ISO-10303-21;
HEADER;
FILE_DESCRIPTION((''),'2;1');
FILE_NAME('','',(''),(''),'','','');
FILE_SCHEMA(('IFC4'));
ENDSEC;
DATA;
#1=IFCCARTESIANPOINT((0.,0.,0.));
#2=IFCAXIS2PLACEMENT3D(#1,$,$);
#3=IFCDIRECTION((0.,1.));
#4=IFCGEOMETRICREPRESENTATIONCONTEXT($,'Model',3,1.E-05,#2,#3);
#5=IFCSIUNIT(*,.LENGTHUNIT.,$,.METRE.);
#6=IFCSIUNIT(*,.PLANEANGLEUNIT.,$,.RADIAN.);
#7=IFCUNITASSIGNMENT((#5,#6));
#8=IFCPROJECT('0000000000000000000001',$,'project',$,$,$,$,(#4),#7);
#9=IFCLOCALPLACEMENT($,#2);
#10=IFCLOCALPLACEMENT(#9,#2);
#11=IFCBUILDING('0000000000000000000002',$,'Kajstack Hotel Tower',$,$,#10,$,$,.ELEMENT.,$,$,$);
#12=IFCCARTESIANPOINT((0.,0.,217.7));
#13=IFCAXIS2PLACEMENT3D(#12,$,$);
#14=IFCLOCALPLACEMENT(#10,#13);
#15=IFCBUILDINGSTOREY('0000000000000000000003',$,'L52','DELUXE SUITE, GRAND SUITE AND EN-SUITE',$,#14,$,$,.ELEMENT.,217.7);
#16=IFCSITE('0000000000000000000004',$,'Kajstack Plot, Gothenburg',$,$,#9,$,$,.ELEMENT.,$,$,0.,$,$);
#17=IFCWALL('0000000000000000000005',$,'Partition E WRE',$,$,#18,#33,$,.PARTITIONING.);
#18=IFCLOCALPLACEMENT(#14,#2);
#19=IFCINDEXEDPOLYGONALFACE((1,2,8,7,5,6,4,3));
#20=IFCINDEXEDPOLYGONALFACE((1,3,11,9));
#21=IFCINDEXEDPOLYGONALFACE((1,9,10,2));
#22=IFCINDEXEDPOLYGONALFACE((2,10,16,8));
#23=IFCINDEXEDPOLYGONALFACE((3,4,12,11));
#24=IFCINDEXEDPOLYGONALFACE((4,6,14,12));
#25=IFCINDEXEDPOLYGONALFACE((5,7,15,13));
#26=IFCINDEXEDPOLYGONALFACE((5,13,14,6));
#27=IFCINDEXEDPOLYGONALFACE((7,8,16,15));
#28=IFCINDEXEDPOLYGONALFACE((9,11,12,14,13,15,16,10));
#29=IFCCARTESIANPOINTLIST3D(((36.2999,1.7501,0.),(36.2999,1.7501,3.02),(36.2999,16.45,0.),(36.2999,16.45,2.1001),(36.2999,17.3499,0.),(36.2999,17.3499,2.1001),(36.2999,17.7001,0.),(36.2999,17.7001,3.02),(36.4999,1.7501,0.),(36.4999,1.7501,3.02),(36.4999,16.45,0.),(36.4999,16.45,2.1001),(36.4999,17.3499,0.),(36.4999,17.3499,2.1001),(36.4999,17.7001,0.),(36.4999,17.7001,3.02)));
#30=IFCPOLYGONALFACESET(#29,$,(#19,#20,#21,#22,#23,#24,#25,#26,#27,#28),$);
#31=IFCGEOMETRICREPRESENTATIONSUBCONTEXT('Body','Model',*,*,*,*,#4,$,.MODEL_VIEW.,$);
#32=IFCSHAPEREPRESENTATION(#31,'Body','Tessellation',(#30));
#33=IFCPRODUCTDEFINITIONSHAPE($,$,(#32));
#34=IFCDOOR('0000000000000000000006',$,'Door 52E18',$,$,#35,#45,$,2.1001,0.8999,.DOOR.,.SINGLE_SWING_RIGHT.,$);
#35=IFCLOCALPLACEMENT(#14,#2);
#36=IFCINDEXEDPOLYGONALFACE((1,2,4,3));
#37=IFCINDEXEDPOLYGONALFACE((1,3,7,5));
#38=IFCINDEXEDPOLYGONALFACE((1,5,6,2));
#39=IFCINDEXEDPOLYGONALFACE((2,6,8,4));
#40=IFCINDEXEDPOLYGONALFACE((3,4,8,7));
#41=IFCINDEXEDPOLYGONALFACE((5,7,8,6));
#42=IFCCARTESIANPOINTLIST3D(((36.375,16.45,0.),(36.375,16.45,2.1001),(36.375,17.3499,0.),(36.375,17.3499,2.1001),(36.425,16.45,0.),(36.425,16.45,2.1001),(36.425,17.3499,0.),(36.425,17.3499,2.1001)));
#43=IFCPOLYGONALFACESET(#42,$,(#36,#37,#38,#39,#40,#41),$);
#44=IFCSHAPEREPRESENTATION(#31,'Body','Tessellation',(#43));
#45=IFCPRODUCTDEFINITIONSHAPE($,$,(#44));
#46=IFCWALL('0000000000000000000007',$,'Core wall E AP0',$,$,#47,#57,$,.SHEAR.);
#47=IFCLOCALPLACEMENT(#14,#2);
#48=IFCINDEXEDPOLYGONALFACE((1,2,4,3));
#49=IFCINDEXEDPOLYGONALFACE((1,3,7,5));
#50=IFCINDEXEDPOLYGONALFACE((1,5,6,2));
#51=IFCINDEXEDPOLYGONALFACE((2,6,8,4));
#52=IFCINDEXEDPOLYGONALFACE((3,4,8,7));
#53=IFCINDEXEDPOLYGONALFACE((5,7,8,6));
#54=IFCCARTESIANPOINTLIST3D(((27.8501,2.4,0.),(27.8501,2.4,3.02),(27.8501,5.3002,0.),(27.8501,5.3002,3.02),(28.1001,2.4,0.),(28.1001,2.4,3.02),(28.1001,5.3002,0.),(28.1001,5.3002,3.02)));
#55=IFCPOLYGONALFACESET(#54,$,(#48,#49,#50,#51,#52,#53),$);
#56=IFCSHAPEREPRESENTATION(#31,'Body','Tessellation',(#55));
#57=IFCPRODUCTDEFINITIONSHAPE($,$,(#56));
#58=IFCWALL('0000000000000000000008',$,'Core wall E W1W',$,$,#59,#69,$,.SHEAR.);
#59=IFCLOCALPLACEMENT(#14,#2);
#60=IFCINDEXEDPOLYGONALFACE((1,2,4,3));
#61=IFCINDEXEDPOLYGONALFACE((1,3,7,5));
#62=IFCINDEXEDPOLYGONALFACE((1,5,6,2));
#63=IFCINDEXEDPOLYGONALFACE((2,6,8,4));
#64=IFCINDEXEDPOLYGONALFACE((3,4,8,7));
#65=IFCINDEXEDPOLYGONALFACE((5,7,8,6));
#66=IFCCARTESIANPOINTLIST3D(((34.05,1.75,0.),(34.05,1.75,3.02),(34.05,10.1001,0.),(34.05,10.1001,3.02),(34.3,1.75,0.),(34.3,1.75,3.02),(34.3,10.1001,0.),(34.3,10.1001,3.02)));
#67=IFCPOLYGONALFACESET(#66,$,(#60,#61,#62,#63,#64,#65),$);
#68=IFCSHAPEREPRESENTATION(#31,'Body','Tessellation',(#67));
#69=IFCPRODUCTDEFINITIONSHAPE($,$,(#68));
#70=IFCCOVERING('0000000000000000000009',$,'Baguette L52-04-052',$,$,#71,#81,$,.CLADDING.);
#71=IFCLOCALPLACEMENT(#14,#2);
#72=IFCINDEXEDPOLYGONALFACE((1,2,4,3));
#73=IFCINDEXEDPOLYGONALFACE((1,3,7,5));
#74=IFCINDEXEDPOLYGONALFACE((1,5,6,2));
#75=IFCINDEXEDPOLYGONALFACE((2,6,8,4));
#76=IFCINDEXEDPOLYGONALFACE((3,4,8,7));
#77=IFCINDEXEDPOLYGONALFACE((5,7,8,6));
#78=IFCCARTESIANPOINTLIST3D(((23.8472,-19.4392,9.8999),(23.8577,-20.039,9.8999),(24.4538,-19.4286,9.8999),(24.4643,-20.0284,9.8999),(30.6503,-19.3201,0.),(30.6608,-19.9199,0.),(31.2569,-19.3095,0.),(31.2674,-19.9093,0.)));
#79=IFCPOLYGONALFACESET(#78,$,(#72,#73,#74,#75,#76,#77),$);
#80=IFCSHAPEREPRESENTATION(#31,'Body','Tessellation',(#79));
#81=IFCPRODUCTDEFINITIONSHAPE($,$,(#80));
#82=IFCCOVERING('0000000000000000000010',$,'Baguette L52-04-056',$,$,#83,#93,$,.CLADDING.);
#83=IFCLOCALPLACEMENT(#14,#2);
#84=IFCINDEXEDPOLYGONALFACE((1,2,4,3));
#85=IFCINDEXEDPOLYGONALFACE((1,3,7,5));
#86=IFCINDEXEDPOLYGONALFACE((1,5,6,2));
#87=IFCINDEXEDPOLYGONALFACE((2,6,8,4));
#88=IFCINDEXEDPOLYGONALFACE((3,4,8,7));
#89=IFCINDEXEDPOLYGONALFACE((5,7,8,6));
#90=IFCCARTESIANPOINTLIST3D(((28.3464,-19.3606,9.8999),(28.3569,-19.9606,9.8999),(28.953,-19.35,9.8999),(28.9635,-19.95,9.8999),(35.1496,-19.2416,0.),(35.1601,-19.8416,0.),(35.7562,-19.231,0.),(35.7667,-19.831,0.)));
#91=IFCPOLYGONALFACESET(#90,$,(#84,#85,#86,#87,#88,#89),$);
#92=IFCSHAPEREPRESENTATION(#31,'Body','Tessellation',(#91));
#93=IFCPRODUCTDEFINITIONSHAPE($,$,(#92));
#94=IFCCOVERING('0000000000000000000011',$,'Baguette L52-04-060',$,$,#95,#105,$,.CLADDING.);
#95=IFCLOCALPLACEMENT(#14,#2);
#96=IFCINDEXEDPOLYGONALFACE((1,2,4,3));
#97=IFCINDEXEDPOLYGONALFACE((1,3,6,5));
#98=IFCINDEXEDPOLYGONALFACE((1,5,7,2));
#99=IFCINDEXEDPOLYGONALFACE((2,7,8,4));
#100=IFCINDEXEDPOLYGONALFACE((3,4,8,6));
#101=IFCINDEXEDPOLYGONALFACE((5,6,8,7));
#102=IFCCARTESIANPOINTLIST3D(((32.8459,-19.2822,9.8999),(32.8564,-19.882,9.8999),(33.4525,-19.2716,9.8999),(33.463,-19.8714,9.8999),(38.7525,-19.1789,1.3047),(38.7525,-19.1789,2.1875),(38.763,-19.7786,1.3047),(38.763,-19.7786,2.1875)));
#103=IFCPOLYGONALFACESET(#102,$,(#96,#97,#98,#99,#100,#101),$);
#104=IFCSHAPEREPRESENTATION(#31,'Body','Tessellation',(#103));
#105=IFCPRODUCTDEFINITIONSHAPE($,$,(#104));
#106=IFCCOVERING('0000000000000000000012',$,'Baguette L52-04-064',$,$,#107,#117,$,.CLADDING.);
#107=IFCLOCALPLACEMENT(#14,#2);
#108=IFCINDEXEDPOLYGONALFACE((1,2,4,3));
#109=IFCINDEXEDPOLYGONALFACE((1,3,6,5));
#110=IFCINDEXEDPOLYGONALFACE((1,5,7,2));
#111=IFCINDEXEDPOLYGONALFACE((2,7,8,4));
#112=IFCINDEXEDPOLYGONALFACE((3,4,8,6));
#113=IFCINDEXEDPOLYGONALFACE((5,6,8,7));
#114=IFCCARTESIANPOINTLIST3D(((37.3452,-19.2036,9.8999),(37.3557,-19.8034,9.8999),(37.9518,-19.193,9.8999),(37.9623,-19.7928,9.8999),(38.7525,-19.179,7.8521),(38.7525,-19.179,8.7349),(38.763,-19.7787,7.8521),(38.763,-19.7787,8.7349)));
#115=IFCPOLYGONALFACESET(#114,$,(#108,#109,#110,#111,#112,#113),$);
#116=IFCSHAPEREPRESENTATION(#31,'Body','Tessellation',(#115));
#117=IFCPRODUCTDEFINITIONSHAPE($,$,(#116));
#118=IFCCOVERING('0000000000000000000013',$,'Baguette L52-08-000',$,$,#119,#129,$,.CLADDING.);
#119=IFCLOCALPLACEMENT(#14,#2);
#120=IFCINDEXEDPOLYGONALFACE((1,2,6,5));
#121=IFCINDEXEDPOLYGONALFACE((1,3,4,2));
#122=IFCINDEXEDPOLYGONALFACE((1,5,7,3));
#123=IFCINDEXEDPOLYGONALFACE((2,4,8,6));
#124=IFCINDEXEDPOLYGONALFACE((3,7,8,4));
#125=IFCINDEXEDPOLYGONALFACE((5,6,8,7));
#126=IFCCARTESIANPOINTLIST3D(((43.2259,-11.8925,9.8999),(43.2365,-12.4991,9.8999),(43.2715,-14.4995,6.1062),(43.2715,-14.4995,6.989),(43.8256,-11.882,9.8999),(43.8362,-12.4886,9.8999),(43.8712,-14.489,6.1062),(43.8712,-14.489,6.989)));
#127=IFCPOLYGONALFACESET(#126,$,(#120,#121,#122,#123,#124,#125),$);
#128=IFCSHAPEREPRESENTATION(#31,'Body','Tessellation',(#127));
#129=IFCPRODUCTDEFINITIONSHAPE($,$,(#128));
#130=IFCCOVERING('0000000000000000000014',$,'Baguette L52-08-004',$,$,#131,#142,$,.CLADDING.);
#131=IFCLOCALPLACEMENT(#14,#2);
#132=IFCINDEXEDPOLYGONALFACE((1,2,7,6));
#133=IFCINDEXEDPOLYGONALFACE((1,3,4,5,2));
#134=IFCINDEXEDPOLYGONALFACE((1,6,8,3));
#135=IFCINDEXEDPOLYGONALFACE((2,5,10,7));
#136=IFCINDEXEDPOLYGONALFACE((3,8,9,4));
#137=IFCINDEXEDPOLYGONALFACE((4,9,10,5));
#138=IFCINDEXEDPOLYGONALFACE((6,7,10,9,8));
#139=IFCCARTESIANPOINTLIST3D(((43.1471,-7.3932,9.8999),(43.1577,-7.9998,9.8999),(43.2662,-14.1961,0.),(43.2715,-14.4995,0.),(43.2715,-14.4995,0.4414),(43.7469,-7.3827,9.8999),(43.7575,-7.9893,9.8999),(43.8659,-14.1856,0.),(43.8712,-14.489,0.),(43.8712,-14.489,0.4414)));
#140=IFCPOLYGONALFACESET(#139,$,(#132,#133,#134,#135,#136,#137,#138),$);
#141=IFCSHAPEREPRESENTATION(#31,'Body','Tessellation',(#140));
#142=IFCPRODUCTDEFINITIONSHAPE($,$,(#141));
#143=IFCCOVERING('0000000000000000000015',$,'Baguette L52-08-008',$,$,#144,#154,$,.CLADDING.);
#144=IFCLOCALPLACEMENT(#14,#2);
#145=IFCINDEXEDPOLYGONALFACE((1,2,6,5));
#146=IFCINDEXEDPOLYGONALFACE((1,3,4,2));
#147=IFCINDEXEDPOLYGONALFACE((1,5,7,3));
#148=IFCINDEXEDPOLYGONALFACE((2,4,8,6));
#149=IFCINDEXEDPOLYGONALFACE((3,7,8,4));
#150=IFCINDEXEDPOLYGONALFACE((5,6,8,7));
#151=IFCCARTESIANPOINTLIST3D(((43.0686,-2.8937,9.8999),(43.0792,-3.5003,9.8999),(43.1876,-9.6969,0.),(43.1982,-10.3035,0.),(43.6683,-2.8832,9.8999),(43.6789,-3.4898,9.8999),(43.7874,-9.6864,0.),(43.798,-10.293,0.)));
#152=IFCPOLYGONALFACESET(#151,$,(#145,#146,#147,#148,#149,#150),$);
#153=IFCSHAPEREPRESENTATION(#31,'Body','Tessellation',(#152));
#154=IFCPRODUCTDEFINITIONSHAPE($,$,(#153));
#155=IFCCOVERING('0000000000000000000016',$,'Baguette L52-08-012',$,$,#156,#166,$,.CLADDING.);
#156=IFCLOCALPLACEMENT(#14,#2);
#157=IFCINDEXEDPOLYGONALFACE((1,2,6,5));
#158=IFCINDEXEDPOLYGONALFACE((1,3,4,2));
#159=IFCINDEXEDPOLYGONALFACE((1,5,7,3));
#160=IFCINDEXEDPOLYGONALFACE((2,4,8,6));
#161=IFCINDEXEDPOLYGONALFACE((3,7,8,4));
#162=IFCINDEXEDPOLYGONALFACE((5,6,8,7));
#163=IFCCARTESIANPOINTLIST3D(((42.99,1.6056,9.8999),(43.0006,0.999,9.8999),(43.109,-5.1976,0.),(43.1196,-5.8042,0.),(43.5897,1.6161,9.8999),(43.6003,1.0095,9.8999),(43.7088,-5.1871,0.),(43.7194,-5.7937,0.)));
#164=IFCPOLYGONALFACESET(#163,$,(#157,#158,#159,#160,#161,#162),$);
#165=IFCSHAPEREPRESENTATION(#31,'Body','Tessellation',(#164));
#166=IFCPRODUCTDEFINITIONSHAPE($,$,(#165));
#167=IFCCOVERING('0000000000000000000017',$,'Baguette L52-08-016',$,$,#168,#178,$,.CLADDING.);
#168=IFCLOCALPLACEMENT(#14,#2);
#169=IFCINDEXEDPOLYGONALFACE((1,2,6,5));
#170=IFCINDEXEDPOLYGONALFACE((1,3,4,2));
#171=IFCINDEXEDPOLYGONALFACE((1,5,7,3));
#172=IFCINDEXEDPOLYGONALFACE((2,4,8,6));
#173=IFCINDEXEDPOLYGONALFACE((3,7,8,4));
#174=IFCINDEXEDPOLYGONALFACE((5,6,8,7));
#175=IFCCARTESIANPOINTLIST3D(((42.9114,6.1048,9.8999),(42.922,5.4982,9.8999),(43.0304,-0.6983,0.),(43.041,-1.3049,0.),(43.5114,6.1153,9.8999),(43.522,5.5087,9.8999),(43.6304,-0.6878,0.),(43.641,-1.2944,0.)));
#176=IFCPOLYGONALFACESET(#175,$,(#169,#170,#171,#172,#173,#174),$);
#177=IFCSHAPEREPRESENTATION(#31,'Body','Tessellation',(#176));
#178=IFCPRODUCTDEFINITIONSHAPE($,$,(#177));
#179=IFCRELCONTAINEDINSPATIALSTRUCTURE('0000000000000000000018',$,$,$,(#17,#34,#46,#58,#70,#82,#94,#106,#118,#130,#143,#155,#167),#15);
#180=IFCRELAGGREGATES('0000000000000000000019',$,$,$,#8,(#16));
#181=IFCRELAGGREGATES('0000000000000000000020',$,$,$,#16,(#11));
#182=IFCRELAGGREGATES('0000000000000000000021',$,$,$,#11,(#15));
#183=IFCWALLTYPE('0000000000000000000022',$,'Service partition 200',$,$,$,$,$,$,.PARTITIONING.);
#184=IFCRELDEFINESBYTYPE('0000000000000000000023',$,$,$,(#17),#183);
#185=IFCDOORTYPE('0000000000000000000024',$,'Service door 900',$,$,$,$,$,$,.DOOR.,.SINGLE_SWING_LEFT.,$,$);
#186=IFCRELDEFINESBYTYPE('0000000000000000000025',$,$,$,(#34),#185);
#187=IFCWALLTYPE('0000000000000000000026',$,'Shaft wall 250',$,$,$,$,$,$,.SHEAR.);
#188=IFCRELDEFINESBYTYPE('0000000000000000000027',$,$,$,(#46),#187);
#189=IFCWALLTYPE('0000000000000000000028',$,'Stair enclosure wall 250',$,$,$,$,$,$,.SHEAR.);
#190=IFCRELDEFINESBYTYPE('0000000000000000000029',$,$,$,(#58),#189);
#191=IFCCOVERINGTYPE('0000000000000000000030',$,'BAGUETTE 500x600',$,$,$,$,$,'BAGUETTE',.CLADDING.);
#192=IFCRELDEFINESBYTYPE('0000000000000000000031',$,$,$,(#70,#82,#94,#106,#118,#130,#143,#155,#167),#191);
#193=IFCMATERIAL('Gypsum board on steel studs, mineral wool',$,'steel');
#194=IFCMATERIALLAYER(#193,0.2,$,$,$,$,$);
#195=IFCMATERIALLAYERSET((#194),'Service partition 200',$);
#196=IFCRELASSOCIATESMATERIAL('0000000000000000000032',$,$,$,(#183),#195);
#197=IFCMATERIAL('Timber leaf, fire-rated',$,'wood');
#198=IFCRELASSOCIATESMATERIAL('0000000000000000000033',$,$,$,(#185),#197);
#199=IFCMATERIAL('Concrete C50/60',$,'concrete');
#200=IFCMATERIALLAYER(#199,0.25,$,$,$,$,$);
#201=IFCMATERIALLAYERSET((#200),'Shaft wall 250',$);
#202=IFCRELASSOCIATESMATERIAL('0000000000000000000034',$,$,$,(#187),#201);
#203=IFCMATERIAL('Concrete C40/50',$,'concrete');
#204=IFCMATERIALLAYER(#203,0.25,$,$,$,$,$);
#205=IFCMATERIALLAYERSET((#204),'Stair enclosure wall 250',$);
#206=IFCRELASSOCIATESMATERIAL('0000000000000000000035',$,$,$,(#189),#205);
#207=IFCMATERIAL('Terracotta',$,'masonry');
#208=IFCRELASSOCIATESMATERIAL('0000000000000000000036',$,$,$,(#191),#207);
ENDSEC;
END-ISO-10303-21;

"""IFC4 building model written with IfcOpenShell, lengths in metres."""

from ifc_helpers import new_model, si_unit, direction, frame, frame_2d, origin, origin_2d, place, context, subcontext, project, spatial, polyline, rectangle, outline, extrude, material, layer, layer_set, material_profile, profile_set, type_object, element, fill, save


model = new_model("IFC4")

# Units and contexts
model_context = context("Model", 3, precision=1e-05, world=origin(), true_north=direction((0.0, 1.0)))
body_context = subcontext(model_context, "Body", "Model", "MODEL_VIEW")
ifc_project = project(units=[si_unit("LENGTHUNIT", "METRE"), si_unit("PLANEANGLEUNIT", "RADIAN")], contexts=[model_context])

# Site, building, storey
site_placement = place(None, origin())
site = spatial("IfcSite", under=ifc_project, at=site_placement, Name="Kajstack Plot, Gothenburg", CompositionType="ELEMENT", RefElevation=0.0)
building_placement = place(site_placement, origin())
building = spatial("IfcBuilding", under=site, at=building_placement, Name="Kajstack Hotel Tower", CompositionType="ELEMENT")
storey_placement = place(building_placement, frame((0.0, 0.0, 217.7)))
storey = spatial("IfcBuildingStorey", under=building, at=storey_placement, Name="L52", Description="DELUXE SUITE, GRAND SUITE AND EN-SUITE", CompositionType="ELEMENT", Elevation=217.7)

# Shared definitions
ifc_material_1 = material(Name="Concrete C50/60", Category="concrete")

# Shared definitions
ifc_material_2 = material(Name="Gypsum board on steel studs, mineral wool", Category="steel")
ifc_layer_1 = layer(ifc_material_2, 0.2)
ifc_layer_set_1 = layer_set([ifc_layer_1], Name="Service partition 200")
wall_type_1 = type_object("IfcWallType", Name="Service partition 200", PredefinedType="PARTITIONING", material=ifc_layer_set_1)
ifc_material_3 = material(Name="Timber leaf, fire-rated", Category="wood")

# Wall, opening, door
wall_1_placement = place(storey_placement, frame((36.3999, 1.75, 0.0), z_axis=(0.0, 0.0, 1.0), x_axis=(0.0, 1.0, 0.0)))
wall_1 = element("IfcWall", 1, at=wall_1_placement, inside=storey, type_object=wall_type_1, Name="Partition E WRE", PredefinedType="PARTITIONING", context=body_context, shape_type="SweptSolid", body=[
    extrude(rectangle(XDim=15.95, YDim=0.2, at=frame_2d((7.9751, 0.0))), origin(), (0.0, 0.0, 1.0), 3.02),
])
opening_1_placement = place(wall_1_placement, frame((14.7, 0.0, 0.0)))
opening_1 = element("IfcOpeningElement", 2, at=opening_1_placement, cuts=wall_1, PredefinedType="OPENING", context=body_context, shape_type="SweptSolid", body=[
    extrude(rectangle(XDim=0.8999, YDim=2.1001, at=frame_2d((0.45, 1.05))), frame((0.0, 0.1099, 0.0), z_axis=(0.0, -1.0, 0.0), x_axis=(1.0, 0.0, 0.0)), (0.0, 0.0, 1.0), 0.22),
])
door_type_1 = type_object("IfcDoorType", Name="Service door 900", OperationType="SINGLE_SWING_LEFT", PredefinedType="DOOR", material=ifc_material_3)
door_1_placement = place(opening_1_placement, origin())
door_1 = element("IfcDoor", 3, at=door_1_placement, inside=storey, type_object=door_type_1, Name="Door 52E18", OperationType="SINGLE_SWING_RIGHT", OverallHeight=2.1001, OverallWidth=0.8999, PredefinedType="DOOR", context=body_context, shape_type="SweptSolid", body=[
    extrude(rectangle(XDim=0.8999, YDim=2.1001, at=frame_2d((0.45, 1.05))), frame((0.0, 0.0249, 0.0), z_axis=(0.0, -1.0, 0.0), x_axis=(1.0, 0.0, 0.0)), (0.0, 0.0, 1.0), 0.05),
])
fill(opening_1, door_1)

# Walls
ifc_layer_2 = layer(ifc_material_1, 0.25)
ifc_layer_set_2 = layer_set([ifc_layer_2], Name="Shaft wall 250")
wall_type_2 = type_object("IfcWallType", Name="Shaft wall 250", PredefinedType="SHEAR", material=ifc_layer_set_2)
wall_2_placement = place(storey_placement, frame((27.9751, 2.3999, 0.0), z_axis=(0.0, 0.0, 1.0), x_axis=(0.0, 1.0, 0.0)))
element("IfcWall", 4, at=wall_2_placement, inside=storey, type_object=wall_type_2, Name="Core wall E AP0", PredefinedType="SHEAR", context=body_context, shape_type="SweptSolid", body=[
    extrude(rectangle(XDim=2.9001, YDim=0.25, at=frame_2d((1.4502, 0.0))), origin(), (0.0, 0.0, 1.0), 3.02),
])
ifc_material_4 = material(Name="Concrete C40/50", Category="concrete")
ifc_layer_3 = layer(ifc_material_4, 0.25)
ifc_layer_set_3 = layer_set([ifc_layer_3], Name="Stair enclosure wall 250")
wall_type_3 = type_object("IfcWallType", Name="Stair enclosure wall 250", PredefinedType="SHEAR", material=ifc_layer_set_3)
wall_3_placement = place(storey_placement, frame((34.175, 1.75, 0.0), z_axis=(0.0, 0.0, 1.0), x_axis=(0.0, 1.0, 0.0)))
element("IfcWall", 5, at=wall_3_placement, inside=storey, type_object=wall_type_3, Name="Core wall E W1W", PredefinedType="SHEAR", context=body_context, shape_type="SweptSolid", body=[
    extrude(rectangle(XDim=8.3501, YDim=0.25, at=frame_2d((4.175, 0.0))), origin(), (0.0, 0.0, 1.0), 3.02),
])

# Coverings
ifc_material_5 = material(Name="Terracotta", Category="masonry")
ifc_material_profile = material_profile(ifc_material_5, rectangle(XDim=0.6001, YDim=0.5, at=origin_2d()), Name="Terracotta-clad concrete baguette 500 x 600")
ifc_profile_set = profile_set([ifc_material_profile], Name="Terracotta")
covering_type = type_object("IfcCoveringType", Name="BAGUETTE 500x600", ElementType="BAGUETTE", PredefinedType="CLADDING", material=ifc_profile_set)
covering_1_placement = place(storey_placement, frame((23.8472, -19.4392, 0.0), z_axis=(0.017498, -0.999847, 0.0), x_axis=(0.999847, 0.017498, 0.0)))
element("IfcCovering", 6, at=covering_1_placement, inside=storey, type_object=covering_type, Name="Baguette L52-04-052", PredefinedType="CLADDING", context=body_context, shape_type="SweptSolid", body=[
    extrude(outline(polyline([(0.0, 9.8999), (6.8042, 0.0), (7.4109, 0.0), (0.6067, 9.8999), (0.0, 9.8999)])), origin(), (0.0, 0.0, 1.0), 0.5999),
])
covering_2_placement = place(storey_placement, frame((28.3464, -19.3606, 0.0), z_axis=(0.017491, -0.999847, 0.0), x_axis=(0.999847, 0.017491, 0.0)))
element("IfcCovering", 7, at=covering_2_placement, inside=storey, type_object=covering_type, Name="Baguette L52-04-056", PredefinedType="CLADDING", context=body_context, shape_type="SweptSolid", body=[
    extrude(outline(polyline([(0.0, 9.8999), (6.8042, 0.0), (7.4109, 0.0), (0.6067, 9.8999), (0.0, 9.8999)])), origin(), (0.0, 0.0, 1.0), 0.6001),
])
covering_3_placement = place(storey_placement, frame((32.8459, -19.2822, 0.0), z_axis=(0.017498, -0.999847, 0.0), x_axis=(0.999847, 0.017498, 0.0)))
element("IfcCovering", 8, at=covering_3_placement, inside=storey, type_object=covering_type, Name="Baguette L52-04-060", PredefinedType="CLADDING", context=body_context, shape_type="SweptSolid", body=[
    extrude(outline(polyline([(0.0, 9.8999), (5.9075, 1.3047), (5.9075, 2.1875), (0.6067, 9.8999), (0.0, 9.8999)])), origin(), (0.0, 0.0, 1.0), 0.5999),
])
covering_4_placement = place(storey_placement, frame((37.3452, -19.2036, 0.0), z_axis=(0.017498, -0.999847, 0.0), x_axis=(0.999847, 0.017498, 0.0)))
element("IfcCovering", 9, at=covering_4_placement, inside=storey, type_object=covering_type, Name="Baguette L52-04-064", PredefinedType="CLADDING", context=body_context, shape_type="SweptSolid", body=[
    extrude(outline(polyline([(0.0, 9.8999), (1.4075, 7.8521), (1.4075, 8.7349), (0.6067, 9.8999), (0.0, 9.8999)])), origin(), (0.0, 0.0, 1.0), 0.5999),
])
covering_5_placement = place(storey_placement, frame((43.2715, -14.4995, 0.0), z_axis=(0.999847, 0.017498, 0.0), x_axis=(-0.017498, 0.999847, 0.0)))
element("IfcCovering", 10, at=covering_5_placement, inside=storey, type_object=covering_type, Name="Baguette L52-08-000", PredefinedType="CLADDING", context=body_context, shape_type="SweptSolid", body=[
    extrude(outline(polyline([(2.0007, 9.8999), (0.0, 6.989), (0.0, 6.1062), (2.6074, 9.8999), (2.0007, 9.8999)])), origin(), (0.0, 0.0, 1.0), 0.5999),
])
covering_6_placement = place(storey_placement, frame((43.2715, -14.4995, 0.0), z_axis=(0.999847, 0.017498, 0.0), x_axis=(-0.017498, 0.999847, 0.0)))
element("IfcCovering", 11, at=covering_6_placement, inside=storey, type_object=covering_type, Name="Baguette L52-08-004", PredefinedType="CLADDING", context=body_context, shape_type="SweptSolid", body=[
    extrude(outline(polyline([(6.5007, 9.8999), (0.0, 0.4414), (0.0, 0.0), (0.3035, 0.0), (7.1074, 9.8999), (6.5007, 9.8999)])), origin(), (0.0, 0.0, 1.0), 0.5999),
])
for number, where, z_axis, x_axis, name in (
    (12, (43.1982, -10.3035, 0.0), (0.999847, 0.017498, 0.0), (-0.017498, 0.999847, 0.0), "Baguette L52-08-008"),
    (13, (43.1196, -5.8042, 0.0), (0.999847, 0.017498, 0.0), (-0.017498, 0.999847, 0.0), "Baguette L52-08-012"),
):
    element("IfcCovering", number, at=place(storey_placement, frame(where, z_axis=z_axis, x_axis=x_axis)), inside=storey, type_object=covering_type, Name=name, PredefinedType="CLADDING", context=body_context, shape_type="SweptSolid", body=[
        extrude(outline(polyline([(6.8042, 9.8999), (0.0, 0.0), (0.6067, 0.0), (7.4109, 9.8999), (6.8042, 9.8999)])), origin(), (0.0, 0.0, 1.0), 0.5999),
    ])
covering_7_placement = place(storey_placement, frame((43.041, -1.3049, 0.0), z_axis=(0.999847, 0.017491, 0.0), x_axis=(-0.017491, 0.999847, 0.0)))
element("IfcCovering", 14, at=covering_7_placement, inside=storey, type_object=covering_type, Name="Baguette L52-08-016", PredefinedType="CLADDING", context=body_context, shape_type="SweptSolid", body=[
    extrude(outline(polyline([(6.8042, 9.8999), (0.0, 0.0), (0.6067, 0.0), (7.4109, 9.8999), (6.8042, 9.8999)])), origin(), (0.0, 0.0, 1.0), 0.6001),
])

save(model, "model.ifc")
